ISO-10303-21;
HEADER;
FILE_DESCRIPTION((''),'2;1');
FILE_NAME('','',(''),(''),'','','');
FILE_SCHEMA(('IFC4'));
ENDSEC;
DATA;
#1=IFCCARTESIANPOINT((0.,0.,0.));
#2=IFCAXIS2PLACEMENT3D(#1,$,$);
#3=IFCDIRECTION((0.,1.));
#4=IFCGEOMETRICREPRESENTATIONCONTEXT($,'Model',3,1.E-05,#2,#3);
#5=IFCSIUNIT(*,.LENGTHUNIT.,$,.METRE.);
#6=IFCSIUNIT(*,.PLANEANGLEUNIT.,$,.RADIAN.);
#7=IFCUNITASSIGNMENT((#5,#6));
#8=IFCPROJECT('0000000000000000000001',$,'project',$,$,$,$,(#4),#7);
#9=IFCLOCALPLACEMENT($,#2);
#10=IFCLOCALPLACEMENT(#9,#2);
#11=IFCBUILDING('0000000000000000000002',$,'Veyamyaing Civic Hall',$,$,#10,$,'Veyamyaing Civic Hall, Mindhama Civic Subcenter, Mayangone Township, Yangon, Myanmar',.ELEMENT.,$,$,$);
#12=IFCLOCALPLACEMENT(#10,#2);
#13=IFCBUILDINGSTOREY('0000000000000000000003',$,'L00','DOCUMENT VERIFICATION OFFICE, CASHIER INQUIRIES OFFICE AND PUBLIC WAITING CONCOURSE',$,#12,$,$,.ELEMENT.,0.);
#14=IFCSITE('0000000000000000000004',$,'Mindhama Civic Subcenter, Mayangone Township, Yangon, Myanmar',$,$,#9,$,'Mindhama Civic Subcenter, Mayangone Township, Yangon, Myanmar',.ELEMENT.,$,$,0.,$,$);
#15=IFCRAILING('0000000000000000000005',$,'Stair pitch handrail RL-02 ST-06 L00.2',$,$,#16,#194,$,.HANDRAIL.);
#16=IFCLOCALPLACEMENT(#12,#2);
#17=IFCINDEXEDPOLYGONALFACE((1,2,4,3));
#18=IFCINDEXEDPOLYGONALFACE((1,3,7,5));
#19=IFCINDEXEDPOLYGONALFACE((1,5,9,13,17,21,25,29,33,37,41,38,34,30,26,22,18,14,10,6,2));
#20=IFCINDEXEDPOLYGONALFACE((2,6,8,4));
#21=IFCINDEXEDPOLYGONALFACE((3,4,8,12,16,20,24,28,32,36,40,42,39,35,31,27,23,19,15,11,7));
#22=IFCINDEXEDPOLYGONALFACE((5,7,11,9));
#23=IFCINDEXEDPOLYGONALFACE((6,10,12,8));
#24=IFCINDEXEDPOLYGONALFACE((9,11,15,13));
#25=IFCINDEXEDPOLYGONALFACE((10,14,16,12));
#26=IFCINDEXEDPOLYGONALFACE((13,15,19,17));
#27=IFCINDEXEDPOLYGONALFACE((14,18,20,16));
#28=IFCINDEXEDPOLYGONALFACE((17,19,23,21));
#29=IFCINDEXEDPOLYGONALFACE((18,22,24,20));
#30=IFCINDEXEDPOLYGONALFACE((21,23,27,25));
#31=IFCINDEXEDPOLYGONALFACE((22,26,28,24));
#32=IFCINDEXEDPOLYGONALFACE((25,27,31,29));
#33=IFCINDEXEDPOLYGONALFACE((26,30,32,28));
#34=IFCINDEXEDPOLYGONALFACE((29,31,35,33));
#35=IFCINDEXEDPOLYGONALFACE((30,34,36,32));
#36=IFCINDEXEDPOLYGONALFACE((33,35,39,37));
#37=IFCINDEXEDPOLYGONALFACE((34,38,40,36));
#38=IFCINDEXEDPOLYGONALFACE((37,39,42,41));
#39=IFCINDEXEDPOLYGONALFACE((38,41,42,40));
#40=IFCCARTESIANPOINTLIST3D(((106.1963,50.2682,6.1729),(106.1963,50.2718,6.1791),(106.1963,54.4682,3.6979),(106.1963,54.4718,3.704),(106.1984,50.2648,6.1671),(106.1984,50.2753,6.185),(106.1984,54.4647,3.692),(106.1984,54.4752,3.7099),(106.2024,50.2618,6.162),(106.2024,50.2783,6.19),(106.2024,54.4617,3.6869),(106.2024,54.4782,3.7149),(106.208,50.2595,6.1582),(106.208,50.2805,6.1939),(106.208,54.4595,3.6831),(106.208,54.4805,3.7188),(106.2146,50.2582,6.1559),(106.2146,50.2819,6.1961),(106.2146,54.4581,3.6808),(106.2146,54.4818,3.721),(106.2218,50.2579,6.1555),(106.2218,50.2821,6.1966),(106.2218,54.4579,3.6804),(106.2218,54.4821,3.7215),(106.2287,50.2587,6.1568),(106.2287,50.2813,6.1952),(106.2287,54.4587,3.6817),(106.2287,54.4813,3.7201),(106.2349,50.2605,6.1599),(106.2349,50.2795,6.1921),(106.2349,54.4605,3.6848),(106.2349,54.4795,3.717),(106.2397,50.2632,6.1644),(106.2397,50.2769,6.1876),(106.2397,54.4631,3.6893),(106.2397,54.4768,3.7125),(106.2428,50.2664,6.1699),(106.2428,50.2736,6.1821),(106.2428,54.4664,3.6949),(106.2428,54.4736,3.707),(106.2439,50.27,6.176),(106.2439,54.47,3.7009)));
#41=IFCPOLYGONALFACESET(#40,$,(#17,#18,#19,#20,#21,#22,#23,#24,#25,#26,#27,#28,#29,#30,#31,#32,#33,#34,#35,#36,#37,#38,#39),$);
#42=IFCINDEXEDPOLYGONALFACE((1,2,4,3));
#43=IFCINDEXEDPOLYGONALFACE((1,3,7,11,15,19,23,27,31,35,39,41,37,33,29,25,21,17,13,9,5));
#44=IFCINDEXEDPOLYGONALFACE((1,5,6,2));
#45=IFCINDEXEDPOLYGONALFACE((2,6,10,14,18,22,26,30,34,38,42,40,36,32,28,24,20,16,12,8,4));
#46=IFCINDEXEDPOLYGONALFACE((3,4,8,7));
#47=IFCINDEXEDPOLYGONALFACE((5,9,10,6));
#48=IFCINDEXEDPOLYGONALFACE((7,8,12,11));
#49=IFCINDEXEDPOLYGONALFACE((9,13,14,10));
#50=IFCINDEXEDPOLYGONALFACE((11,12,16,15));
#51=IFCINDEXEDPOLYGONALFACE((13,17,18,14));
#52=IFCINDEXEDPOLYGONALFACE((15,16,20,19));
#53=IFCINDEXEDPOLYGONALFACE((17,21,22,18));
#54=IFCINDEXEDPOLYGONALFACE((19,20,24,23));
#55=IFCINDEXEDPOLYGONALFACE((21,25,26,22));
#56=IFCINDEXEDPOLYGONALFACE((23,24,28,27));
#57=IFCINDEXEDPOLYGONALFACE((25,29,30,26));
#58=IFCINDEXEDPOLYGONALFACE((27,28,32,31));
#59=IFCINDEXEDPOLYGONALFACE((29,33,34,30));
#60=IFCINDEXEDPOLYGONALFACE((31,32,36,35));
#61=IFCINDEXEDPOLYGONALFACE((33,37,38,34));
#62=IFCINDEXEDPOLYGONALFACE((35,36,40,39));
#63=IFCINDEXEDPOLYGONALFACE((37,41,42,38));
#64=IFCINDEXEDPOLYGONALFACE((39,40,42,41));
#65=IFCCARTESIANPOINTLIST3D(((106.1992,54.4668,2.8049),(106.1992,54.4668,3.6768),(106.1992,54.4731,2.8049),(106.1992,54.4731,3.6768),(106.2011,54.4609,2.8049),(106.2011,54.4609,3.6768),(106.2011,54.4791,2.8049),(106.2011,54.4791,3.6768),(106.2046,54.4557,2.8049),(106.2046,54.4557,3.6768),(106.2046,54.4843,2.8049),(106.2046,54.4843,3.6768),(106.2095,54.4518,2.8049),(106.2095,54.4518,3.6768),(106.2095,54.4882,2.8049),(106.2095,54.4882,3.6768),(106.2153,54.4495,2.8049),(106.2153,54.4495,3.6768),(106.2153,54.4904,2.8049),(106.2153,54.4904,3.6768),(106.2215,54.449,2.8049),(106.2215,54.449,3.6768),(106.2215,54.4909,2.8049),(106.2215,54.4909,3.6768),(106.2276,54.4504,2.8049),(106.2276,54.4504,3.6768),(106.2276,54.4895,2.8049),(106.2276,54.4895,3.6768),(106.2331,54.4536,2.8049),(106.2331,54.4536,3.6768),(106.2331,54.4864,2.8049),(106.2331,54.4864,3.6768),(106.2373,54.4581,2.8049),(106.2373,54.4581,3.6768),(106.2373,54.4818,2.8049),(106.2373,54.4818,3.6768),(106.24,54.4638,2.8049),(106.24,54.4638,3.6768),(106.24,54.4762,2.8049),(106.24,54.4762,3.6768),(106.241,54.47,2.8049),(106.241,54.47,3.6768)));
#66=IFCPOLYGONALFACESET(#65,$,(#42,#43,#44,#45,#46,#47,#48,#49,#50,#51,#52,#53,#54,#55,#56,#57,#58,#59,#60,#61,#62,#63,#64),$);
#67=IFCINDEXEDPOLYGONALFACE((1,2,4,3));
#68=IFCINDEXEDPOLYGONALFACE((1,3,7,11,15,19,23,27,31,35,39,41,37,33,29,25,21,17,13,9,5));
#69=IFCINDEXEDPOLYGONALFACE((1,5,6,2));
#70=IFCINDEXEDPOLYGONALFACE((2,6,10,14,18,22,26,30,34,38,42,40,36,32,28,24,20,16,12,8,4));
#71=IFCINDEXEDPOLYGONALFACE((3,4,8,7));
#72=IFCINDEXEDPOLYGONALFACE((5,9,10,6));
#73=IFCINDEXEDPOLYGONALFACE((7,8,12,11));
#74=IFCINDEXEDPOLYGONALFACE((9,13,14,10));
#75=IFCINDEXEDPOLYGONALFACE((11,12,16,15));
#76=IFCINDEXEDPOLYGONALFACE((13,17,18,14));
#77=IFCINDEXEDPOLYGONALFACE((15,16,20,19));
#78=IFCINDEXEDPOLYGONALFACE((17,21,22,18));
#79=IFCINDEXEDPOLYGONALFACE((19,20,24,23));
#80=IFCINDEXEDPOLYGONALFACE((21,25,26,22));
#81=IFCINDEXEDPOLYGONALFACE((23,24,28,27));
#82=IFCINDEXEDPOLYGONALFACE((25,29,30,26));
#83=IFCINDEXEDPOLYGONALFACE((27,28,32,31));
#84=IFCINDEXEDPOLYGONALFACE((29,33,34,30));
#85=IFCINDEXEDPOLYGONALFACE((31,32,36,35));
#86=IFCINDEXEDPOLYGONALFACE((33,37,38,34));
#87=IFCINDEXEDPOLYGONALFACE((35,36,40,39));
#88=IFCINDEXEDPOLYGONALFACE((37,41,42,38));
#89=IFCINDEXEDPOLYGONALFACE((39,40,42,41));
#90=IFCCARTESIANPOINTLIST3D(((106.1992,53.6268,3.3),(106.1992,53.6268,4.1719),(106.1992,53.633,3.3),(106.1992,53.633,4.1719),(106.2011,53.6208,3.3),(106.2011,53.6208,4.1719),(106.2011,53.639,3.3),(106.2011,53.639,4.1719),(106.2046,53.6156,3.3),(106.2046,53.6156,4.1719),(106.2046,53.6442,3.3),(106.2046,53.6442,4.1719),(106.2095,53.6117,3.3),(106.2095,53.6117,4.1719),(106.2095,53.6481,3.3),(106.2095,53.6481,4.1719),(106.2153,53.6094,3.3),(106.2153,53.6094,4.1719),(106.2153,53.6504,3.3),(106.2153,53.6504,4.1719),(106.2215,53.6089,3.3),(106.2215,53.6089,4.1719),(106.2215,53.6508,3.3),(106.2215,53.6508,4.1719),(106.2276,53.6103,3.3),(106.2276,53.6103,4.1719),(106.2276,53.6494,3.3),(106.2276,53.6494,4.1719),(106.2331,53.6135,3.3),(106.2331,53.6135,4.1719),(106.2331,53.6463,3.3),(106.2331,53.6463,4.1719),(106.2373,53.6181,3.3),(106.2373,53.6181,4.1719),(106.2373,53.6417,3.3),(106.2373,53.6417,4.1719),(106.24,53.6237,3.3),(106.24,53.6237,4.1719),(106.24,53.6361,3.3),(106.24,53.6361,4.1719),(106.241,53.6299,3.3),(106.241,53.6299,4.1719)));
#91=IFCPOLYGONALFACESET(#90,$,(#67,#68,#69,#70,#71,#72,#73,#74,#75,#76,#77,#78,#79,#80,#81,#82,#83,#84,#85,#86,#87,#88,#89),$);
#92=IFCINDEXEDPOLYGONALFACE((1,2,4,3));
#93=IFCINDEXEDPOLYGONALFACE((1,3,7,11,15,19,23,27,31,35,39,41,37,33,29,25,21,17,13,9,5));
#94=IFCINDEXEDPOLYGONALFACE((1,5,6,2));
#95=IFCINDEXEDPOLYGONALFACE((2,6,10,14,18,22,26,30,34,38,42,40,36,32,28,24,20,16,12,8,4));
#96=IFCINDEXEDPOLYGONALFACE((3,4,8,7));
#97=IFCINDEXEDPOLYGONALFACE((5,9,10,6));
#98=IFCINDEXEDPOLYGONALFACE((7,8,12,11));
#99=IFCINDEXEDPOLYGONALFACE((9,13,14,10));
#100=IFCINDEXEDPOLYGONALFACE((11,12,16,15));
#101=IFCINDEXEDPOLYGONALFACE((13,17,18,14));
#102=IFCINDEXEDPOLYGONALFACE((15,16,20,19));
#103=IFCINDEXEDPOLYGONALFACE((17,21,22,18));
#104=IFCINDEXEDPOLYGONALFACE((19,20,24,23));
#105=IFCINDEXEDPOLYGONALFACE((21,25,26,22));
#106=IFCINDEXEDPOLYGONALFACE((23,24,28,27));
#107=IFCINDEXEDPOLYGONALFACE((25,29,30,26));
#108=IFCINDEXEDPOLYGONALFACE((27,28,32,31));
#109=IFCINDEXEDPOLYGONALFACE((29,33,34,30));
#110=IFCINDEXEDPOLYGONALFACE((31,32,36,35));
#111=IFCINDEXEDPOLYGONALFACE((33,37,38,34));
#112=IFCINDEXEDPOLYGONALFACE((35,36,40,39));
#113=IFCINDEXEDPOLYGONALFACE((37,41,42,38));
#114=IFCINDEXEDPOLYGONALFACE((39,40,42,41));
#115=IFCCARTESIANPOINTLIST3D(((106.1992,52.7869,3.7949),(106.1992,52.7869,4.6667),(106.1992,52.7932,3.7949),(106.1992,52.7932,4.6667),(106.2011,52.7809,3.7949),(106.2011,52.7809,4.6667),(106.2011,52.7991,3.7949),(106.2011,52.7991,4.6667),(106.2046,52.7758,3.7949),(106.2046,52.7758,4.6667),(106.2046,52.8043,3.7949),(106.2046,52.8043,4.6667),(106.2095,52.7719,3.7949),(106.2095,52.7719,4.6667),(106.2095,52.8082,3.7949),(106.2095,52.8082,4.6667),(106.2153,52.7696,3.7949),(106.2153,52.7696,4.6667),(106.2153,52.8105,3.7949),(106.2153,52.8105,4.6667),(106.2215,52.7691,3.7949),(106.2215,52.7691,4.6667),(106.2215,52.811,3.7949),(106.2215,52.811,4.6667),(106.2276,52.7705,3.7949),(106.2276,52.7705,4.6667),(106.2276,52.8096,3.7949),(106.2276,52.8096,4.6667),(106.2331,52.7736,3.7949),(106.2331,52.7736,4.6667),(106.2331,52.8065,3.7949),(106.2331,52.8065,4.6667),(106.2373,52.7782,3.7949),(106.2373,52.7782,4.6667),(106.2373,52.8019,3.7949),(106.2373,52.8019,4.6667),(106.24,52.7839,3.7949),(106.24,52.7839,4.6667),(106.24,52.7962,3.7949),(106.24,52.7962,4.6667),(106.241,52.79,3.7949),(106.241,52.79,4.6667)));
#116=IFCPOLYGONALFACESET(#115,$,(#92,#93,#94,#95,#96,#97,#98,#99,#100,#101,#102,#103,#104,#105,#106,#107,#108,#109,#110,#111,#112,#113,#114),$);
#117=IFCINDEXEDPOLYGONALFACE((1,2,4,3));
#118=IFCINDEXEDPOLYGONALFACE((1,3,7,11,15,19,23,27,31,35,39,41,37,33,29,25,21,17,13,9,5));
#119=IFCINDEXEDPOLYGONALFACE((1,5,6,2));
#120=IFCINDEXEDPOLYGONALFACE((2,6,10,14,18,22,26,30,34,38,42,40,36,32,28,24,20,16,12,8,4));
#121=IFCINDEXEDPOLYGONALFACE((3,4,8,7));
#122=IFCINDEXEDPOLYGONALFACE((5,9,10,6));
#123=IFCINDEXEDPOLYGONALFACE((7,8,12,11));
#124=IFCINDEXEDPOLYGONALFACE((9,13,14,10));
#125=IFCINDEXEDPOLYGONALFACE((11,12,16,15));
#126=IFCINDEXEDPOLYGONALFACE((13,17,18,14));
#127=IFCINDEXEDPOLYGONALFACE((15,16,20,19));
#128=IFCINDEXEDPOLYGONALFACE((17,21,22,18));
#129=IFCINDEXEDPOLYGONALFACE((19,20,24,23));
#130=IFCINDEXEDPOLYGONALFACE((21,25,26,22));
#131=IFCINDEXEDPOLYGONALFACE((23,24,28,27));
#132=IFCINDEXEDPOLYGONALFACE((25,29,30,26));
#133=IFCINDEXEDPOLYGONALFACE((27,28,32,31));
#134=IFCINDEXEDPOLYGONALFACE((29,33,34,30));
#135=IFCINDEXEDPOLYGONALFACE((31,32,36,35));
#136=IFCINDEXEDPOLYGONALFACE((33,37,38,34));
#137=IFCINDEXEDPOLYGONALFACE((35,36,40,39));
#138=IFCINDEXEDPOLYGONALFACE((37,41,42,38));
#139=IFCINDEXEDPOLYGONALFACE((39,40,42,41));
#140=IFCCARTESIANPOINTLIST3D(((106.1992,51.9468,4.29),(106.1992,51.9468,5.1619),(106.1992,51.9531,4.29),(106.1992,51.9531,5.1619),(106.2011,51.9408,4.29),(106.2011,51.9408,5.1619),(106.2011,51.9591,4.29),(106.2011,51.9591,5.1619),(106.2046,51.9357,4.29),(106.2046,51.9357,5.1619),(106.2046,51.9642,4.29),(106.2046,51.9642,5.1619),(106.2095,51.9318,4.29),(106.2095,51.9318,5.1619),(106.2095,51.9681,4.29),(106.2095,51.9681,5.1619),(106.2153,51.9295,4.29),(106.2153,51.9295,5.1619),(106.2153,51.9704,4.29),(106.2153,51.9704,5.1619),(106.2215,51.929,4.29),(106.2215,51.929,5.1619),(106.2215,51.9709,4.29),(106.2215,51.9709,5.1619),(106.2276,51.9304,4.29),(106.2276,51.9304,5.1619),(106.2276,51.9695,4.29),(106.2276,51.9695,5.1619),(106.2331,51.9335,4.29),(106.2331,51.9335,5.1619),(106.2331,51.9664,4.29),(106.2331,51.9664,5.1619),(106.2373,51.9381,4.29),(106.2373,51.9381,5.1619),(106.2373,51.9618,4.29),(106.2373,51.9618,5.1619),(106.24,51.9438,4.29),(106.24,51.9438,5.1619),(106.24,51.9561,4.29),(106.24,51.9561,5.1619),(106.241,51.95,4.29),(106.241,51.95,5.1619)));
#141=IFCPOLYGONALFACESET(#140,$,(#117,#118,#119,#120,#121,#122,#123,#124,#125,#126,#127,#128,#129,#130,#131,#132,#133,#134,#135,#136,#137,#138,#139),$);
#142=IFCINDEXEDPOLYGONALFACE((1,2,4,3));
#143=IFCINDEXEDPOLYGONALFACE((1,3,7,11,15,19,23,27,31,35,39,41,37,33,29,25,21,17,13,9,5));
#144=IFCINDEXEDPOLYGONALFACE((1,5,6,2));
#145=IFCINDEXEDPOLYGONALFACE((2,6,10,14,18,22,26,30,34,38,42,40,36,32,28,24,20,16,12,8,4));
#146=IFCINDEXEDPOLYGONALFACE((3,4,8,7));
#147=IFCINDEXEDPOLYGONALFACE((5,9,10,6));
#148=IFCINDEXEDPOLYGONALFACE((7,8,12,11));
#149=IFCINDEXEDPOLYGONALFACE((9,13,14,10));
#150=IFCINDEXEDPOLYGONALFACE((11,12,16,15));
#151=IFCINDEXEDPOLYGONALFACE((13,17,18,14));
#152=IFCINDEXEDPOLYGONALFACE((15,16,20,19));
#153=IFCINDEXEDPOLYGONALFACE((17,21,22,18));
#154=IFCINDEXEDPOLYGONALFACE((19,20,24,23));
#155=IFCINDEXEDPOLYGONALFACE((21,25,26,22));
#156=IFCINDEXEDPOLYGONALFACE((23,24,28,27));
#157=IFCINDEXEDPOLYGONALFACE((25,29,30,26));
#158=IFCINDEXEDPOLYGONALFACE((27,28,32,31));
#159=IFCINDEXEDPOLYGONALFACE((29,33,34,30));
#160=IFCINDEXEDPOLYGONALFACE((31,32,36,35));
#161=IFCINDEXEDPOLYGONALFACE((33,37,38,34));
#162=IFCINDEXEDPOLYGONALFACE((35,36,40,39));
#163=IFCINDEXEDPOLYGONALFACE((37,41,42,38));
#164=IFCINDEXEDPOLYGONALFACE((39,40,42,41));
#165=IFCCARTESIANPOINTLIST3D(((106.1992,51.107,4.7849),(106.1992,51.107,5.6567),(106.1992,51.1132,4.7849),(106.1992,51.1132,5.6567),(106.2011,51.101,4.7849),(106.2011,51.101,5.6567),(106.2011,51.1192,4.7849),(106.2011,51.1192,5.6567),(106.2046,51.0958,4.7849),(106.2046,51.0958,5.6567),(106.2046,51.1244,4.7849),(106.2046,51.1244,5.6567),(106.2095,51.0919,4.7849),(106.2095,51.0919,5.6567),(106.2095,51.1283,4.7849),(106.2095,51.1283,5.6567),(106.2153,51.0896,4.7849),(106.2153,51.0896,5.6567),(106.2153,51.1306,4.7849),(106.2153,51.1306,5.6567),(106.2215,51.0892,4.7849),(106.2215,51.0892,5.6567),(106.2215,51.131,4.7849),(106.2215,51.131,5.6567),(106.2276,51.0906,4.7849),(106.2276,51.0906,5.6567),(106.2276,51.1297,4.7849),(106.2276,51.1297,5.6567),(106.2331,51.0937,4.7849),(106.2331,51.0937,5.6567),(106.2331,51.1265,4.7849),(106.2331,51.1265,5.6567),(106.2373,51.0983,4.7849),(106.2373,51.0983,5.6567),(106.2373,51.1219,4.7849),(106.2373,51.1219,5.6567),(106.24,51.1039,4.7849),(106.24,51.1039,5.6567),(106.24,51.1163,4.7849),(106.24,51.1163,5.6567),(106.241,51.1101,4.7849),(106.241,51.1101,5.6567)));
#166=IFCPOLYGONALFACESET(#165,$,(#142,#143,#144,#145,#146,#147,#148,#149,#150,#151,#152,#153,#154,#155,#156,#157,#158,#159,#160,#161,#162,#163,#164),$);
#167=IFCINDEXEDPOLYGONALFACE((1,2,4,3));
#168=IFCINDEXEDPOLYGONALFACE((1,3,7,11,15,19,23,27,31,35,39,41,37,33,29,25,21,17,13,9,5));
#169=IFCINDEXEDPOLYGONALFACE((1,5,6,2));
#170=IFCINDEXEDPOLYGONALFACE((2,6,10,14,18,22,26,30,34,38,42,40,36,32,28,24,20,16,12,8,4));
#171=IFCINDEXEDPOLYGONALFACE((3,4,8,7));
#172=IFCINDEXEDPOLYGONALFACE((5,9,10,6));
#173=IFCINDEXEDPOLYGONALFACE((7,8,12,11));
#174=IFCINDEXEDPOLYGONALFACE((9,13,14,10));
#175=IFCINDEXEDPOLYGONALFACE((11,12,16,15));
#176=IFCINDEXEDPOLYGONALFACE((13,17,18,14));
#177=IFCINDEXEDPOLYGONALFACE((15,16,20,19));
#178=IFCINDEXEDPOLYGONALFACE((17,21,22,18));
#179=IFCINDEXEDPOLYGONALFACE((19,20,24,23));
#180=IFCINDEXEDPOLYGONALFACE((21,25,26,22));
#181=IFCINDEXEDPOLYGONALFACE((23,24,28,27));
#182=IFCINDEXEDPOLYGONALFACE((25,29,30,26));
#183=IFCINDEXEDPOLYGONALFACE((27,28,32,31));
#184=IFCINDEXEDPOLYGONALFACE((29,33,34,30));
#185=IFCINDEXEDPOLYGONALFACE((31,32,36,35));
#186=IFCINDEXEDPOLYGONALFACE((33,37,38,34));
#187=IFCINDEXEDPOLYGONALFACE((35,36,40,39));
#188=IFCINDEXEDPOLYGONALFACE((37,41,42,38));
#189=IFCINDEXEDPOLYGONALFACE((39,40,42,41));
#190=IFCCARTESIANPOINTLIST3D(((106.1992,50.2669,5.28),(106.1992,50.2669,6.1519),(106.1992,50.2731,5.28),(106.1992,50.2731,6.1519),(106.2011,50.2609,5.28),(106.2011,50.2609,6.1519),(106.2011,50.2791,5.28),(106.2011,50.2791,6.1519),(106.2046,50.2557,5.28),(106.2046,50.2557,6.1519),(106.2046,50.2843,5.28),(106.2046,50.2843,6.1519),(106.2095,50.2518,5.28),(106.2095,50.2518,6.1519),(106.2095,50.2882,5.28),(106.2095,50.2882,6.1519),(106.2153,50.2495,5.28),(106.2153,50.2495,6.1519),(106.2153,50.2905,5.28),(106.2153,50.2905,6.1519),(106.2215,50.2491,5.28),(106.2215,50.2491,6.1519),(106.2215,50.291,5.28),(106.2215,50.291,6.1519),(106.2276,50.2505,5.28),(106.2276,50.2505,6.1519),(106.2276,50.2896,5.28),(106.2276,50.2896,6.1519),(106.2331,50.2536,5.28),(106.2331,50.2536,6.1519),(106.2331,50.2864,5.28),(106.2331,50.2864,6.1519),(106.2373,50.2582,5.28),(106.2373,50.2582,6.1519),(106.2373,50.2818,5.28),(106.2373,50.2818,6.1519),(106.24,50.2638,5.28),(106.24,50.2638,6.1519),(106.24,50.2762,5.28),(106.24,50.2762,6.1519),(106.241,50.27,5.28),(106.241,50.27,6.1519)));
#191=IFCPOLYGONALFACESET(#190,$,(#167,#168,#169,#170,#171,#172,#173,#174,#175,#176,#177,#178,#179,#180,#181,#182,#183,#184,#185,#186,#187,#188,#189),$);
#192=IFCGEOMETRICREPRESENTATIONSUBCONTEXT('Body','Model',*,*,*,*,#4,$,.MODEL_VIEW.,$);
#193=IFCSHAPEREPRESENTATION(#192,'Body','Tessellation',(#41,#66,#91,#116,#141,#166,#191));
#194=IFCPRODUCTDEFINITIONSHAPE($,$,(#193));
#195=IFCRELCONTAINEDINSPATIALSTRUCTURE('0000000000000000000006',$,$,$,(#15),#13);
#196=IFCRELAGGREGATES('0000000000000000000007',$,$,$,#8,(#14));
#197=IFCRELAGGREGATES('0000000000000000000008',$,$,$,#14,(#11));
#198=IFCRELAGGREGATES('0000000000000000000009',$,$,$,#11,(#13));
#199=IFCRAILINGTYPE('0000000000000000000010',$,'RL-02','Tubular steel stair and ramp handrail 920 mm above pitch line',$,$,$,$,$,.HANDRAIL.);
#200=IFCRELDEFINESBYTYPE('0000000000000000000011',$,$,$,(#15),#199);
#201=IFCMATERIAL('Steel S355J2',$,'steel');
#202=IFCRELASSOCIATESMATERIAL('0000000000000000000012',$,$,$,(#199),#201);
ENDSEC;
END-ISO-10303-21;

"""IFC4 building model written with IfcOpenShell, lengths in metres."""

from ifc_helpers import new_model, si_unit, direction, frame, origin, origin_2d, place, context, subcontext, project, spatial, circle, extrude, material, type_object, element, save


model = new_model("IFC4")

# Units and contexts
model_context = context("Model", 3, precision=1e-05, world=origin(), true_north=direction((0.0, 1.0)))
body_context = subcontext(model_context, "Body", "Model", "MODEL_VIEW")
ifc_project = project(units=[si_unit("LENGTHUNIT", "METRE"), si_unit("PLANEANGLEUNIT", "RADIAN")], contexts=[model_context])

# Site, building, storey
site_placement = place(None, origin())
site = spatial("IfcSite", under=ifc_project, at=site_placement, Name="Mindhama Civic Subcenter, Mayangone Township, Yangon, Myanmar", LongName="Mindhama Civic Subcenter, Mayangone Township, Yangon, Myanmar", CompositionType="ELEMENT", RefElevation=0.0)
building_placement = place(site_placement, origin())
building = spatial("IfcBuilding", under=site, at=building_placement, Name="Veyamyaing Civic Hall", LongName="Veyamyaing Civic Hall, Mindhama Civic Subcenter, Mayangone Township, Yangon, Myanmar", CompositionType="ELEMENT")
storey_placement = place(building_placement, origin())
storey = spatial("IfcBuildingStorey", under=building, at=storey_placement, Name="L00", Description="DOCUMENT VERIFICATION OFFICE, CASHIER INQUIRIES OFFICE AND PUBLIC WAITING CONCOURSE", CompositionType="ELEMENT", Elevation=0.0)

# Railing
ifc_material_1 = material(Name="Steel S355J2", Category="steel")
railing_type_1 = type_object("IfcRailingType", Name="RL-02", Description="Tubular steel stair and ramp handrail 920 mm above pitch line", PredefinedType="HANDRAIL", material=ifc_material_1)
railing_1_placement = place(storey_placement, frame((106.22, 54.47, 2.8049)))
element("IfcRailing", 1, at=railing_1_placement, inside=storey, type_object=railing_type_1, Name="Stair pitch handrail RL-02 ST-06 L00.2", PredefinedType="HANDRAIL", context=body_context, shape_type="SweptSolid", body=[
    extrude(circle(Radius=0.0239, at=origin_2d()), frame((0.0, 0.0, 0.896), z_axis=(0.0, -0.861527, 0.507712), x_axis=(1.0, 0.0, 0.0)), (0.0, 0.0, 1.0), 4.875),
    extrude(circle(Radius=0.021, at=origin_2d()), origin(), (0.0, 0.0, 1.0), 0.8718),
    extrude(circle(Radius=0.021, at=origin_2d()), frame((0.0, -0.8401, 0.4951)), (0.0, 0.0, 1.0), 0.8718),
    extrude(circle(Radius=0.021, at=origin_2d()), frame((0.0, -1.6799, 0.99)), (0.0, 0.0, 1.0), 0.8718),
    extrude(circle(Radius=0.021, at=origin_2d()), frame((0.0, -2.52, 1.4851)), (0.0, 0.0, 1.0), 0.8718),
    extrude(circle(Radius=0.021, at=origin_2d()), frame((0.0, -3.3599, 1.98)), (0.0, 0.0, 1.0), 0.8718),
    extrude(circle(Radius=0.021, at=origin_2d()), frame((0.0, -4.2, 2.4751)), (0.0, 0.0, 1.0), 0.8718),
])

save(model, "model.ifc")
